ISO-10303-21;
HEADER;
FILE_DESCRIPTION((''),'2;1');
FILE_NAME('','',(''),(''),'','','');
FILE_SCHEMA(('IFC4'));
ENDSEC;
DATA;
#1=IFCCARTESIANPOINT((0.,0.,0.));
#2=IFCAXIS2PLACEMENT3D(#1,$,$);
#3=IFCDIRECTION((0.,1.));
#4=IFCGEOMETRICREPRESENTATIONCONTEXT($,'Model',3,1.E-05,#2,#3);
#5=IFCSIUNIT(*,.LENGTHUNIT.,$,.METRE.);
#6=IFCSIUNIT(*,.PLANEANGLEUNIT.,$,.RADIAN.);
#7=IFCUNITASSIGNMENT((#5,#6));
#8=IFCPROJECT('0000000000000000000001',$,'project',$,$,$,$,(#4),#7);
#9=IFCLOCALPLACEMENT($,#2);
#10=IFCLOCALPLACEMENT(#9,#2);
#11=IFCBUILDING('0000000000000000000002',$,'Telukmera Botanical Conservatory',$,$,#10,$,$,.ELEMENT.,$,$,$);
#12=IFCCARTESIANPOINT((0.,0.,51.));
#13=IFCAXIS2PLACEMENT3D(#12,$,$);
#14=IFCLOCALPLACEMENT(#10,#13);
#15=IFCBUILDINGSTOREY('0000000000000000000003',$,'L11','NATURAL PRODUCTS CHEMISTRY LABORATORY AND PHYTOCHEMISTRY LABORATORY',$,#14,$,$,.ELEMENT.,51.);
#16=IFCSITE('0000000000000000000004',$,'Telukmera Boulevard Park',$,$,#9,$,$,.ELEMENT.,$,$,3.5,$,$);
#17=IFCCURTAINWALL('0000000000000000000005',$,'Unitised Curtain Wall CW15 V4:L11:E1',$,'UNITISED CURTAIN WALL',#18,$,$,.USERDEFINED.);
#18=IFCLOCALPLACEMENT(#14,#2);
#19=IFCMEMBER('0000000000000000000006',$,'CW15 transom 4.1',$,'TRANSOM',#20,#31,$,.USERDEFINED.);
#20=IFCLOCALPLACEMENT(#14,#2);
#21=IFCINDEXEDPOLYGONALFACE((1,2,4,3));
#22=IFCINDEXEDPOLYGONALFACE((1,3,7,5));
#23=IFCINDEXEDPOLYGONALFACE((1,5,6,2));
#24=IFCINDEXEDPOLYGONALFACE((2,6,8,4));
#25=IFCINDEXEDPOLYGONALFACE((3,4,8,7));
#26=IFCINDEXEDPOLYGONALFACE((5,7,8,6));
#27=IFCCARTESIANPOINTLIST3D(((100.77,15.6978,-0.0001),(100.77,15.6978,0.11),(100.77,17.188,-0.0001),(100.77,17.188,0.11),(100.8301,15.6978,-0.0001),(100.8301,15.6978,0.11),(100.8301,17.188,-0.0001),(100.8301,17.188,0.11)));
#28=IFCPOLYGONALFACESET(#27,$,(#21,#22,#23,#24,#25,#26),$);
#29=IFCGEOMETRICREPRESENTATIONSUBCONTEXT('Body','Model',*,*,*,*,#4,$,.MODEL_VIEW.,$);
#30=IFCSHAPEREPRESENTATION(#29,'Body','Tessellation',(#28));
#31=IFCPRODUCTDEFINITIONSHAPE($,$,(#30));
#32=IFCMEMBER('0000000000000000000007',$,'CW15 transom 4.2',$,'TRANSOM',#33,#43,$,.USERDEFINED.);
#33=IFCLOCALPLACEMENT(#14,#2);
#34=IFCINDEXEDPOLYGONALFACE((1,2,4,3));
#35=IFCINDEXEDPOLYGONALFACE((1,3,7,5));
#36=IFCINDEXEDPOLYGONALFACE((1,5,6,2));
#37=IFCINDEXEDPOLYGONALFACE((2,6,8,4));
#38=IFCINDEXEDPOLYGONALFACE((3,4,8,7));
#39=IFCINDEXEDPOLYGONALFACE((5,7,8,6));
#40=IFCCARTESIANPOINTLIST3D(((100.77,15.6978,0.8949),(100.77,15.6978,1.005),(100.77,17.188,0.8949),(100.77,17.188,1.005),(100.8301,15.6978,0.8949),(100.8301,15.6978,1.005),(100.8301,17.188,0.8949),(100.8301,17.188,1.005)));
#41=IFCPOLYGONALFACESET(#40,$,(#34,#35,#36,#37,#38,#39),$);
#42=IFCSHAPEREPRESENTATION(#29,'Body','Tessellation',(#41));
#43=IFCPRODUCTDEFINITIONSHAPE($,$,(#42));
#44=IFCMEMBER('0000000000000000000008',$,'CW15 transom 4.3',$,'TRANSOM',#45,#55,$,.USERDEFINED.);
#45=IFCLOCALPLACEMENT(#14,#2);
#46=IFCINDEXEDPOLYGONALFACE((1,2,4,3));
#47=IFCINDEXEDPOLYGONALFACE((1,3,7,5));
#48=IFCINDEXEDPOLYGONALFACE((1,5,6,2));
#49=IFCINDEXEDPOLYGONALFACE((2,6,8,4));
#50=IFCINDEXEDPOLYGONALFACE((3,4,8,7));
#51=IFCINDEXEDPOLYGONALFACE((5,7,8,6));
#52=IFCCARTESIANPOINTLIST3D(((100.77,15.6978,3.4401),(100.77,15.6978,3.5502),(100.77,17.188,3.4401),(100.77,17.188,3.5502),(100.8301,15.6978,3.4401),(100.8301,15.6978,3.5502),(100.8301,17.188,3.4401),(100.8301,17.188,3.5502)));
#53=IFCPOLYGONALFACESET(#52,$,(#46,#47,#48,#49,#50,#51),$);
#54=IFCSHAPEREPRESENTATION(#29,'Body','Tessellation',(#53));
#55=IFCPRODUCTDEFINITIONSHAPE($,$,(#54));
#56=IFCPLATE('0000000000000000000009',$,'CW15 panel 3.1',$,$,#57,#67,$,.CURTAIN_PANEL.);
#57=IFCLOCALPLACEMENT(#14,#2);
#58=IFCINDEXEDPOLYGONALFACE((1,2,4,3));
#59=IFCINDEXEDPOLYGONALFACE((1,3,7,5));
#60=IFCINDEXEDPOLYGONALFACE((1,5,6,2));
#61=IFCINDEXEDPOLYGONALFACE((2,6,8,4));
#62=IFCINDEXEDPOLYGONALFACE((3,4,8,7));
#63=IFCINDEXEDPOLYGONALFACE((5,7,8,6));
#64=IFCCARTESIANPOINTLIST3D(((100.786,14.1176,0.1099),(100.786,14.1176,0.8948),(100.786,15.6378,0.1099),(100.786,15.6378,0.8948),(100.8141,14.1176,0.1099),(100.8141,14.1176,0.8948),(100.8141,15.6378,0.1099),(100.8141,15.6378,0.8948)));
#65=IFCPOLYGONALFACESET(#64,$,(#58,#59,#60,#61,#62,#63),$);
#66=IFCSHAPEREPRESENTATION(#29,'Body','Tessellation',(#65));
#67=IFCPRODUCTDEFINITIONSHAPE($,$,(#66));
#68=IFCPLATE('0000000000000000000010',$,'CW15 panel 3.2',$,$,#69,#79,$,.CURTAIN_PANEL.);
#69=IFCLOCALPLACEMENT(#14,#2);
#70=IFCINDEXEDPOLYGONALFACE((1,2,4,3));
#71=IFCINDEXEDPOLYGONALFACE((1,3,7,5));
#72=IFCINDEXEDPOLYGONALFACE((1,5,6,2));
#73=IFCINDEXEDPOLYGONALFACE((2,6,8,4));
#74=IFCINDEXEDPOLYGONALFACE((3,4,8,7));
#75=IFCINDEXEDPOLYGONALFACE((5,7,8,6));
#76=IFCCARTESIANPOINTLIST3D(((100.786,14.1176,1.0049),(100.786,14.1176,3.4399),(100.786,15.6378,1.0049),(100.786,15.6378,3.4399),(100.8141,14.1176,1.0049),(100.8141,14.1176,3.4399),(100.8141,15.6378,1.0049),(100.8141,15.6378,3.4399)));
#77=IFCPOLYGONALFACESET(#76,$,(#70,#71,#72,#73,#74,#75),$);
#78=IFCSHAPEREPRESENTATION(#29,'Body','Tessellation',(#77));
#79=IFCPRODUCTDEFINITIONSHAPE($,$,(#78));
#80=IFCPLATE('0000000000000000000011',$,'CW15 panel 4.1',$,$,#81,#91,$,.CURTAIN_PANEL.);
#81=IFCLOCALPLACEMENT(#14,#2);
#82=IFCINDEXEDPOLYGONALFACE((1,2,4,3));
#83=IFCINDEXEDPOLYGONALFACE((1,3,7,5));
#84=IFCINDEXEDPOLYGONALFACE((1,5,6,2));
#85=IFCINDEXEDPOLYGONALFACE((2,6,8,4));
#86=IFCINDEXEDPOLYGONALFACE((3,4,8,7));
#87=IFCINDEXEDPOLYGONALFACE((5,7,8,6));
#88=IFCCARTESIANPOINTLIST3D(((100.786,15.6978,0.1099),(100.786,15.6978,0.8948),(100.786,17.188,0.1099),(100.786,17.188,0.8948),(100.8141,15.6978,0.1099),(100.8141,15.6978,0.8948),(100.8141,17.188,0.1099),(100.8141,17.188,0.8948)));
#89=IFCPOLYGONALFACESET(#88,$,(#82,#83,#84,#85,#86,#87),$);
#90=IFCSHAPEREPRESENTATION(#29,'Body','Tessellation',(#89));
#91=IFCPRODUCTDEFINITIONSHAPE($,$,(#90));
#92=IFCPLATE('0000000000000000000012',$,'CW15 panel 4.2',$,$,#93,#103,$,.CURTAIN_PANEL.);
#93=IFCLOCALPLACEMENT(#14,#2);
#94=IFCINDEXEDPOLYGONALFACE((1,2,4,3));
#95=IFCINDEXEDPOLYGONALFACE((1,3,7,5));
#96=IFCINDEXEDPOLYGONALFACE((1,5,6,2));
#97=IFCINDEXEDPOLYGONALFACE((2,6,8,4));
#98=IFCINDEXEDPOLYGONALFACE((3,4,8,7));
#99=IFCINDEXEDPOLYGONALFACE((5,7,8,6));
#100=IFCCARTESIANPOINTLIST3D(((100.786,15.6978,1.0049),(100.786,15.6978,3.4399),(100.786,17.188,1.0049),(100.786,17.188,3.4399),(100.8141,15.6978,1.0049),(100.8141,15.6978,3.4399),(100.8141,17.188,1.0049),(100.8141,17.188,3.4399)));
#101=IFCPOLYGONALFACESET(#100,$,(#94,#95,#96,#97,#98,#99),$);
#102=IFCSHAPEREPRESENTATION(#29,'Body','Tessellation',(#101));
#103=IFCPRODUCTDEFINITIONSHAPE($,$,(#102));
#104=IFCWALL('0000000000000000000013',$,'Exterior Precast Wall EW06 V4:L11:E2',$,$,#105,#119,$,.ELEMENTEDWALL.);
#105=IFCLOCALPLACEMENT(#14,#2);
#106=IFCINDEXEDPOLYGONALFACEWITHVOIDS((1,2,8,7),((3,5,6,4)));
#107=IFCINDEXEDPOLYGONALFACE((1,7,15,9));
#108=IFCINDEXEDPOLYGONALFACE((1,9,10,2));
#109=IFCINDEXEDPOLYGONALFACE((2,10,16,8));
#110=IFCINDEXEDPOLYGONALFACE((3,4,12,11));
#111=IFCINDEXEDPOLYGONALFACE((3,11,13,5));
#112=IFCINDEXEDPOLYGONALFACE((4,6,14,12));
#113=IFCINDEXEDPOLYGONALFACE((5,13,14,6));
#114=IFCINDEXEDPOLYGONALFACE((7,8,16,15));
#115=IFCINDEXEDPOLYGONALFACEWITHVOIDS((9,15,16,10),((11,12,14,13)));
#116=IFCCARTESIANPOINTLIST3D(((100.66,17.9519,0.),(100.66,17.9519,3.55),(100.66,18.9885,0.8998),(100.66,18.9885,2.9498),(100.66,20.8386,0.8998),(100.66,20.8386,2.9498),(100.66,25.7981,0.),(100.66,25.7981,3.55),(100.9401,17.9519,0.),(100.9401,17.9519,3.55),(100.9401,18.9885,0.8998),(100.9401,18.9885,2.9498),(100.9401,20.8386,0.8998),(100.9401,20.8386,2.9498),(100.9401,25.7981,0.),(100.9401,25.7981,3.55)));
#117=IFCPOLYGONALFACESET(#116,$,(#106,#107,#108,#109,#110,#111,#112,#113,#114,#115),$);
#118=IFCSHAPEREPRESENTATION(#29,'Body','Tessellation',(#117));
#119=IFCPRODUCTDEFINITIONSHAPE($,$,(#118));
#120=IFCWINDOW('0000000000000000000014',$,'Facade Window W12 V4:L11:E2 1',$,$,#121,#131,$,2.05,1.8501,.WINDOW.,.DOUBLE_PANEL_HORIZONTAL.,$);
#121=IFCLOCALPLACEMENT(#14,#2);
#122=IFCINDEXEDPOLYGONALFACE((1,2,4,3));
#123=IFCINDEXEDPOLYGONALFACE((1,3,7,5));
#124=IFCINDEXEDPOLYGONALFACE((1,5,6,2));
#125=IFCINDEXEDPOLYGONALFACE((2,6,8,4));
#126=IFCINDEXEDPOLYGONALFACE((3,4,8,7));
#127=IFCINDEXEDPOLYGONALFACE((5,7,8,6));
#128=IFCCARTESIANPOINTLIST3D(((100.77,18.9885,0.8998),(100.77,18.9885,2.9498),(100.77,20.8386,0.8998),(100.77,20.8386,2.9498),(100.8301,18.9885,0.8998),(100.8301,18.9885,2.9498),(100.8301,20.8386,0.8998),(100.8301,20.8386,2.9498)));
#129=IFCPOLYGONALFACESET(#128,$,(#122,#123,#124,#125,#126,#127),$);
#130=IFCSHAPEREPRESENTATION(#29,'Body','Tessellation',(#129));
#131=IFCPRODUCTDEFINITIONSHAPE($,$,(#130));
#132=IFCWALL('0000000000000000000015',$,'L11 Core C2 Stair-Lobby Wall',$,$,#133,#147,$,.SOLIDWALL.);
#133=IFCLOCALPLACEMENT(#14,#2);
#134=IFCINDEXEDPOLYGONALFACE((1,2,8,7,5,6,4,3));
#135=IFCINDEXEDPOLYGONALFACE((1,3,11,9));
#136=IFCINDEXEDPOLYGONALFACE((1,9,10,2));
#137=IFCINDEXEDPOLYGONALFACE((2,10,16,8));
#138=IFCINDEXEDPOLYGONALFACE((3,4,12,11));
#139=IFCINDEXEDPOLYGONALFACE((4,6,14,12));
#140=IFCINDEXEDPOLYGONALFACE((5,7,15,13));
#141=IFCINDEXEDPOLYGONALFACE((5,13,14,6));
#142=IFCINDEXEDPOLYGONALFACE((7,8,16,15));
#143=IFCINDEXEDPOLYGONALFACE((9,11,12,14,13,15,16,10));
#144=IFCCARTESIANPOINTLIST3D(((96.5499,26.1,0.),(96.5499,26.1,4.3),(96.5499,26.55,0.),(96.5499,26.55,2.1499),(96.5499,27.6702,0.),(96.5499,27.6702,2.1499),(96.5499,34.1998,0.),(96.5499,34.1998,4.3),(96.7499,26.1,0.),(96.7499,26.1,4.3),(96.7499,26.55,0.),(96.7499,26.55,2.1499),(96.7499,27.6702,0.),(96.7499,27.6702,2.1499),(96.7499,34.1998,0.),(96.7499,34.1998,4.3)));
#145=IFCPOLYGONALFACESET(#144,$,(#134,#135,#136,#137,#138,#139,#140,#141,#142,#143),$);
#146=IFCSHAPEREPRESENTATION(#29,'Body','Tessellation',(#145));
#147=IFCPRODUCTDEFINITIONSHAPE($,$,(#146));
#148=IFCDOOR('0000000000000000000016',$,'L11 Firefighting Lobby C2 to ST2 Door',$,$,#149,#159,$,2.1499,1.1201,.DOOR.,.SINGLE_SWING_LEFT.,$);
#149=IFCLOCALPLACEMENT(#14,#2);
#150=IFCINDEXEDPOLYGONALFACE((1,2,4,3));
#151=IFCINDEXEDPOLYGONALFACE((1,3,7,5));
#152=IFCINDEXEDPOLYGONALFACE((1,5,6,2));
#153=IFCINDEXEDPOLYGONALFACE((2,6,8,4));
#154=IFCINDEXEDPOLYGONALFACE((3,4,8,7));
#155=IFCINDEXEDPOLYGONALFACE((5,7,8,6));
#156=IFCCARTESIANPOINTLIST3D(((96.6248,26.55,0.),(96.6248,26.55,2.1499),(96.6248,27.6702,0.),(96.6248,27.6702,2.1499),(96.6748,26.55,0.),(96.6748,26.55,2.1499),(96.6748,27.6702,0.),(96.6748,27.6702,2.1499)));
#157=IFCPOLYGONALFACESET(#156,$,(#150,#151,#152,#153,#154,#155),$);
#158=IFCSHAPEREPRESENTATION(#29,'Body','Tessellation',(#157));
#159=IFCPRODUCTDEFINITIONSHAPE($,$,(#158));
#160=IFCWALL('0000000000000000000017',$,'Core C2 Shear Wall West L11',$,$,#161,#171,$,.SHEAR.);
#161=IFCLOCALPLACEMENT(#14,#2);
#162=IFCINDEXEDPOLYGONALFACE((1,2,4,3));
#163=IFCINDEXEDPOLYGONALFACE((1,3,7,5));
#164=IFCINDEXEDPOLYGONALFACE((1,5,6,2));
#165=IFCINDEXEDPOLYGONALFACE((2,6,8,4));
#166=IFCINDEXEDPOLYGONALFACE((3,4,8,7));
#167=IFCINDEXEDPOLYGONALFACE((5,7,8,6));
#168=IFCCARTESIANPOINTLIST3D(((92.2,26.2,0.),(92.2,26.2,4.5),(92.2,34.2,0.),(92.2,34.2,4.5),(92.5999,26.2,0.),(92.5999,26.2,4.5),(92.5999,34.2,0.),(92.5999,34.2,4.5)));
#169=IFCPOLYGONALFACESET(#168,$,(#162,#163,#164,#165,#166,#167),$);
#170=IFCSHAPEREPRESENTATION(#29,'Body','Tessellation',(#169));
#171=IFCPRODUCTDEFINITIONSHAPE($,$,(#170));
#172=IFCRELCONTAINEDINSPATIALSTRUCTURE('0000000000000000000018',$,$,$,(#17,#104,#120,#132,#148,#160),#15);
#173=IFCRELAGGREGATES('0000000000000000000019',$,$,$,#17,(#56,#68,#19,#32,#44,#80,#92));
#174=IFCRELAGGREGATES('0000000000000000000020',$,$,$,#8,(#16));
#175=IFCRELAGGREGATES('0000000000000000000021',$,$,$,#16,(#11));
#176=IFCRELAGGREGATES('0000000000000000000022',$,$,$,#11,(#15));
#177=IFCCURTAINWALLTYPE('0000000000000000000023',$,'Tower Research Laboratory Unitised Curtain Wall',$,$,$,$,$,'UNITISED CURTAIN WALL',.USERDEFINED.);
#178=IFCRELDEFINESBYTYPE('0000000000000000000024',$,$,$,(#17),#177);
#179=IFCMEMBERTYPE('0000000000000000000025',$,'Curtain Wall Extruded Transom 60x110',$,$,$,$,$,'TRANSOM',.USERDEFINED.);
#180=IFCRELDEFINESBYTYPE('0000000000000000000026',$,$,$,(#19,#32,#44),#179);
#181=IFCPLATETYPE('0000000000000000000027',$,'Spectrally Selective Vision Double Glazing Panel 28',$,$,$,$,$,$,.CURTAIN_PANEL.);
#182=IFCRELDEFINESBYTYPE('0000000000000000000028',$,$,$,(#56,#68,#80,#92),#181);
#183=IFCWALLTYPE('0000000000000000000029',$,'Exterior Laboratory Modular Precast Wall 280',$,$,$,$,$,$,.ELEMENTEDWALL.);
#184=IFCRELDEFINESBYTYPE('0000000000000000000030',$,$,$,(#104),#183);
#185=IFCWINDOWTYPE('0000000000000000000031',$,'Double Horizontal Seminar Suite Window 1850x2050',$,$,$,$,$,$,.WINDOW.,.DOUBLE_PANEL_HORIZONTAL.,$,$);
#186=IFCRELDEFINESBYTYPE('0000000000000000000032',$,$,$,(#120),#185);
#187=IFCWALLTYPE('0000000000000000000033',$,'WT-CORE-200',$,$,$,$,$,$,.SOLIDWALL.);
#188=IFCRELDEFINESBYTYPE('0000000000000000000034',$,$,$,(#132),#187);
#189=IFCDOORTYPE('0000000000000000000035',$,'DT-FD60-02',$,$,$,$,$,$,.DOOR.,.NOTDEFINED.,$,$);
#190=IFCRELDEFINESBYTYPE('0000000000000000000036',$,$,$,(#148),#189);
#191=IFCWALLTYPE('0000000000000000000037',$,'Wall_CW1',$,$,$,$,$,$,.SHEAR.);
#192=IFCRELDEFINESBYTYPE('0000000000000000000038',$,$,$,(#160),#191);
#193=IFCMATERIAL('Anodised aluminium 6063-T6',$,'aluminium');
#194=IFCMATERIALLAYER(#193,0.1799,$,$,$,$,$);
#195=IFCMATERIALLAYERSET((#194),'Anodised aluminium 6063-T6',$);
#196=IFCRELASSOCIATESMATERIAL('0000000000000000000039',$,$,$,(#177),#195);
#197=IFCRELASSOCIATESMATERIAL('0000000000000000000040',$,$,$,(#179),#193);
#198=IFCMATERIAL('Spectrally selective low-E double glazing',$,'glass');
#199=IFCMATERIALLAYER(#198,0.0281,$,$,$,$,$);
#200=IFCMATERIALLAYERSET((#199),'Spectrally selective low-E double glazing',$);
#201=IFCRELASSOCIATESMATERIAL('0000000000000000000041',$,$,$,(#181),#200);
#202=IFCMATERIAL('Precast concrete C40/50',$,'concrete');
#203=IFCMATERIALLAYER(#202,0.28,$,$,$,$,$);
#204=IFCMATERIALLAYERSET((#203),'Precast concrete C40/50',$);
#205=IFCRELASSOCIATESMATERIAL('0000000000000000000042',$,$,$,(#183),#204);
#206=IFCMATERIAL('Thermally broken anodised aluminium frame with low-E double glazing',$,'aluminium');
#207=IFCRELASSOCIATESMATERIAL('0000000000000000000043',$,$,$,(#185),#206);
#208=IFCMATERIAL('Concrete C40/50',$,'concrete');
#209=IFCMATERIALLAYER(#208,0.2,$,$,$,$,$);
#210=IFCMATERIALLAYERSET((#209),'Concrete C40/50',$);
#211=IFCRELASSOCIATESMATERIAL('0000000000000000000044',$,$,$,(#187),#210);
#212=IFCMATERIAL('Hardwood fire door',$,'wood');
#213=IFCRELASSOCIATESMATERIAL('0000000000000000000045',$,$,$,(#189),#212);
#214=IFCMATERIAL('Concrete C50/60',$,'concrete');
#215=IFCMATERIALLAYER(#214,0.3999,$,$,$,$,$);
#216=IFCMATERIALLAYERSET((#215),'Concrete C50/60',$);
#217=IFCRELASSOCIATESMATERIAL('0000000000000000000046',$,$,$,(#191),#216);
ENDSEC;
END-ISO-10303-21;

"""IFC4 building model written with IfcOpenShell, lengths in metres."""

from ifc_helpers import new_model, si_unit, direction, frame, frame_2d, origin, origin_2d, place, context, subcontext, project, spatial, rectangle, extrude, material, layer, layer_set, material_profile, profile_set, type_object, element, fill, aggregate, save


model = new_model("IFC4")

# Units and contexts
model_context = context("Model", 3, precision=1e-05, world=origin(), true_north=direction((0.0, 1.0)))
body_context = subcontext(model_context, "Body", "Model", "MODEL_VIEW")
ifc_project = project(units=[si_unit("LENGTHUNIT", "METRE"), si_unit("PLANEANGLEUNIT", "RADIAN")], contexts=[model_context])

# Site, building, storey
site_placement = place(None, origin())
site = spatial("IfcSite", under=ifc_project, at=site_placement, Name="Telukmera Boulevard Park", CompositionType="ELEMENT", RefElevation=3.5)
building_placement = place(site_placement, origin())
building = spatial("IfcBuilding", under=site, at=building_placement, Name="Telukmera Botanical Conservatory", CompositionType="ELEMENT")
storey_placement = place(building_placement, frame((0.0, 0.0, 51.0)))
storey = spatial("IfcBuildingStorey", under=building, at=storey_placement, Name="L11", Description="NATURAL PRODUCTS CHEMISTRY LABORATORY AND PHYTOCHEMISTRY LABORATORY", CompositionType="ELEMENT", Elevation=51.0)

# Shared definitions
ifc_material_1 = material(Name="Concrete C50/60", Category="concrete")
ifc_material_2 = material(Name="Concrete C40/50", Category="concrete")

# Shared definitions
ifc_material_3 = material(Name="Precast concrete C40/50", Category="concrete")

# Curtain wall, members, plates
ifc_material_4 = material(Name="Anodised aluminium 6063-T6", Category="aluminium")
ifc_layer_1 = layer(ifc_material_4, 0.1799)
ifc_layer_set_1 = layer_set([ifc_layer_1], Name="Anodised aluminium 6063-T6")
curtain_wall_type = type_object("IfcCurtainWallType", Name="Tower Research Laboratory Unitised Curtain Wall", ElementType="UNITISED CURTAIN WALL", PredefinedType="USERDEFINED", material=ifc_layer_set_1)
curtain_wall_placement = place(storey_placement, origin())
curtain_wall = element("IfcCurtainWall", 1, at=curtain_wall_placement, inside=storey, type_object=curtain_wall_type, Name="Unitised Curtain Wall CW15 V4:L11:E1", ObjectType="UNITISED CURTAIN WALL", PredefinedType="USERDEFINED")
ifc_material_profile_1 = material_profile(ifc_material_4, rectangle(XDim=0.0601, YDim=0.1101, at=origin_2d()), Name="ALU TRAN 60x110")
ifc_profile_set_1 = profile_set([ifc_material_profile_1], Name="Anodised aluminium 6063-T6")
member_type_1 = type_object("IfcMemberType", Name="Curtain Wall Extruded Transom 60x110", ElementType="TRANSOM", PredefinedType="USERDEFINED", material=ifc_profile_set_1)
member_1_placement = place(storey_placement, frame((100.8, 15.6978, 0.0549), z_axis=(0.0, 1.0, 0.0), x_axis=(-1.0, 0.0, 0.0)))
member_1 = element("IfcMember", 2, at=member_1_placement, type_object=member_type_1, Name="CW15 transom 4.1", ObjectType="TRANSOM", PredefinedType="USERDEFINED", context=body_context, shape_type="SweptSolid", body=[
    extrude(rectangle(XDim=0.0601, YDim=0.1101, at=origin_2d()), origin(), (0.0, 0.0, 1.0), 1.4902),
])
member_2_placement = place(storey_placement, frame((100.8, 15.6978, 0.95), z_axis=(0.0, 1.0, 0.0), x_axis=(-1.0, 0.0, 0.0)))
member_2 = element("IfcMember", 3, at=member_2_placement, type_object=member_type_1, Name="CW15 transom 4.2", ObjectType="TRANSOM", PredefinedType="USERDEFINED", context=body_context, shape_type="SweptSolid", body=[
    extrude(rectangle(XDim=0.0601, YDim=0.1101, at=origin_2d()), origin(), (0.0, 0.0, 1.0), 1.4902),
])
member_3_placement = place(storey_placement, frame((100.8, 15.6978, 3.4951), z_axis=(0.0, 1.0, 0.0), x_axis=(-1.0, 0.0, 0.0)))
member_3 = element("IfcMember", 4, at=member_3_placement, type_object=member_type_1, Name="CW15 transom 4.3", ObjectType="TRANSOM", PredefinedType="USERDEFINED", context=body_context, shape_type="SweptSolid", body=[
    extrude(rectangle(XDim=0.0601, YDim=0.1101, at=origin_2d()), origin(), (0.0, 0.0, 1.0), 1.4902),
])
ifc_material_5 = material(Name="Spectrally selective low-E double glazing", Category="glass")
ifc_layer_2 = layer(ifc_material_5, 0.0281)
ifc_layer_set_2 = layer_set([ifc_layer_2], Name="Spectrally selective low-E double glazing")
plate_type = type_object("IfcPlateType", Name="Spectrally Selective Vision Double Glazing Panel 28", PredefinedType="CURTAIN_PANEL", material=ifc_layer_set_2)
plate_1_placement = place(storey_placement, frame((100.8, 14.8777, 0.1099), z_axis=(0.0, 0.0, 1.0), x_axis=(0.0, 1.0, 0.0)))
plate_1 = element("IfcPlate", 5, at=plate_1_placement, type_object=plate_type, Name="CW15 panel 3.1", PredefinedType="CURTAIN_PANEL", context=body_context, shape_type="SweptSolid", body=[
    extrude(rectangle(XDim=1.5203, YDim=0.0281, at=origin_2d()), origin(), (0.0, 0.0, 1.0), 0.7849),
])
plate_2_placement = place(storey_placement, frame((100.8, 14.8777, 1.0049), z_axis=(0.0, 0.0, 1.0), x_axis=(0.0, 1.0, 0.0)))
plate_2 = element("IfcPlate", 6, at=plate_2_placement, type_object=plate_type, Name="CW15 panel 3.2", PredefinedType="CURTAIN_PANEL", context=body_context, shape_type="SweptSolid", body=[
    extrude(rectangle(XDim=1.5203, YDim=0.0281, at=origin_2d()), origin(), (0.0, 0.0, 1.0), 2.4351),
])
plate_3_placement = place(storey_placement, frame((100.8, 16.4429, 0.1099), z_axis=(0.0, 0.0, 1.0), x_axis=(0.0, 1.0, 0.0)))
plate_3 = element("IfcPlate", 7, at=plate_3_placement, type_object=plate_type, Name="CW15 panel 4.1", PredefinedType="CURTAIN_PANEL", context=body_context, shape_type="SweptSolid", body=[
    extrude(rectangle(XDim=1.4902, YDim=0.0281, at=origin_2d()), origin(), (0.0, 0.0, 1.0), 0.7849),
])
plate_4_placement = place(storey_placement, frame((100.8, 16.4429, 1.0049), z_axis=(0.0, 0.0, 1.0), x_axis=(0.0, 1.0, 0.0)))
plate_4 = element("IfcPlate", 8, at=plate_4_placement, type_object=plate_type, Name="CW15 panel 4.2", PredefinedType="CURTAIN_PANEL", context=body_context, shape_type="SweptSolid", body=[
    extrude(rectangle(XDim=1.4902, YDim=0.0281, at=origin_2d()), origin(), (0.0, 0.0, 1.0), 2.4351),
])
aggregate(curtain_wall, [plate_1, plate_2, member_1, member_2, member_3, plate_3, plate_4])

# Wall, opening, window
ifc_layer_3 = layer(ifc_material_3, 0.28)
ifc_layer_set_3 = layer_set([ifc_layer_3], Name="Precast concrete C40/50")
wall_type_1 = type_object("IfcWallType", Name="Exterior Laboratory Modular Precast Wall 280", PredefinedType="ELEMENTEDWALL", material=ifc_layer_set_3)
wall_1_placement = place(storey_placement, frame((100.8, 17.9519, 0.0), z_axis=(0.0, 0.0, 1.0), x_axis=(0.0, 1.0, 0.0)))
wall_1 = element("IfcWall", 9, at=wall_1_placement, inside=storey, type_object=wall_type_1, Name="Exterior Precast Wall EW06 V4:L11:E2", PredefinedType="ELEMENTEDWALL", context=body_context, shape_type="SweptSolid", body=[
    extrude(rectangle(XDim=7.8462, YDim=0.28, at=frame_2d((3.9231, 0.0))), origin(), (0.0, 0.0, 1.0), 3.55),
])
opening_1_placement = place(wall_1_placement, frame((1.0366, 0.0, 0.8999)))
opening_1 = element("IfcOpeningElement", 10, at=opening_1_placement, cuts=wall_1, PredefinedType="OPENING", context=body_context, shape_type="SweptSolid", body=[
    extrude(rectangle(XDim=1.8501, YDim=2.05, at=frame_2d((0.925, 1.0249))), frame((0.0, 0.1499, 0.0), z_axis=(0.0, -1.0, 0.0), x_axis=(1.0, 0.0, 0.0)), (0.0, 0.0, 1.0), 0.3),
])
ifc_material_6 = material(Name="Thermally broken anodised aluminium frame with low-E double glazing", Category="aluminium")
window_type = type_object("IfcWindowType", Name="Double Horizontal Seminar Suite Window 1850x2050", PartitioningType="DOUBLE_PANEL_HORIZONTAL", PredefinedType="WINDOW", material=ifc_material_6)
window_placement = place(opening_1_placement, origin())
window = element("IfcWindow", 11, at=window_placement, inside=storey, type_object=window_type, Name="Facade Window W12 V4:L11:E2 1", OverallHeight=2.05, OverallWidth=1.8501, PartitioningType="DOUBLE_PANEL_HORIZONTAL", PredefinedType="WINDOW", context=body_context, shape_type="SweptSolid", body=[
    extrude(rectangle(XDim=1.8501, YDim=2.05, at=frame_2d((0.925, 1.0249))), frame((0.0, 0.03, 0.0), z_axis=(0.0, -1.0, 0.0), x_axis=(1.0, 0.0, 0.0)), (0.0, 0.0, 1.0), 0.0601),
])
fill(opening_1, window)

# Shared definitions
ifc_layer_4 = layer(ifc_material_2, 0.2)
ifc_layer_set_4 = layer_set([ifc_layer_4], Name="Concrete C40/50")
wall_type_2 = type_object("IfcWallType", Name="WT-CORE-200", PredefinedType="SOLIDWALL", material=ifc_layer_set_4)
ifc_material_7 = material(Name="Hardwood fire door", Category="wood")

# Wall, opening, door
wall_2_placement = place(storey_placement, frame((96.6499, 26.1001, 0.0), z_axis=(0.0, 0.0, 1.0), x_axis=(0.0, 1.0, 0.0)))
wall_2 = element("IfcWall", 12, at=wall_2_placement, inside=storey, type_object=wall_type_2, Name="L11 Core C2 Stair-Lobby Wall", PredefinedType="SOLIDWALL", context=body_context, shape_type="SweptSolid", body=[
    extrude(rectangle(XDim=8.0999, YDim=0.2, at=frame_2d((4.0498, 0.0))), origin(), (0.0, 0.0, 1.0), 4.3),
])
opening_2_placement = place(wall_2_placement, frame((0.45, 0.0, 0.0)))
opening_2 = element("IfcOpeningElement", 13, at=opening_2_placement, cuts=wall_2, PredefinedType="OPENING", context=body_context, shape_type="SweptSolid", body=[
    extrude(rectangle(XDim=1.1201, YDim=2.1499, at=frame_2d((0.5601, 1.075))), frame((0.0, 0.1099, 0.0), z_axis=(0.0, -1.0, 0.0), x_axis=(1.0, 0.0, 0.0)), (0.0, 0.0, 1.0), 0.22),
])
door_type_1 = type_object("IfcDoorType", Name="DT-FD60-02", OperationType="NOTDEFINED", PredefinedType="DOOR", material=ifc_material_7)
door_1_placement = place(opening_2_placement, frame((1.1201, 0.0, 0.0), z_axis=(0.0, 0.0, 1.0), x_axis=(-1.0, 0.0, 0.0)))
door_1 = element("IfcDoor", 14, at=door_1_placement, inside=storey, type_object=door_type_1, Name="L11 Firefighting Lobby C2 to ST2 Door", OperationType="SINGLE_SWING_LEFT", OverallHeight=2.1499, OverallWidth=1.1201, PredefinedType="DOOR", context=body_context, shape_type="SweptSolid", body=[
    extrude(rectangle(XDim=1.1201, YDim=2.1499, at=frame_2d((0.5601, 1.075))), frame((0.0, 0.0249, 0.0), z_axis=(0.0, -1.0, 0.0), x_axis=(1.0, 0.0, 0.0)), (0.0, 0.0, 1.0), 0.05),
])
fill(opening_2, door_1)

# Wall
ifc_layer_5 = layer(ifc_material_1, 0.3999)
ifc_layer_set_5 = layer_set([ifc_layer_5], Name="Concrete C50/60")
wall_type_3 = type_object("IfcWallType", Name="Wall_CW1", PredefinedType="SHEAR", material=ifc_layer_set_5)
for number, where, z_axis, x_axis, name in (
    (15, (92.3999, 26.2, 0.0), (0.0, 0.0, 1.0), (0.0, 1.0, 0.0), "Core C2 Shear Wall West L11"),
):
    element("IfcWall", number, at=place(storey_placement, frame(where, z_axis=z_axis, x_axis=x_axis)), inside=storey, type_object=wall_type_3, Name=name, PredefinedType="SHEAR", context=body_context, shape_type="SweptSolid", body=[
        extrude(rectangle(XDim=8.0, YDim=0.3999, at=frame_2d((4.0, 0.0))), origin(), (0.0, 0.0, 1.0), 4.5),
    ])

save(model, "model.ifc")
